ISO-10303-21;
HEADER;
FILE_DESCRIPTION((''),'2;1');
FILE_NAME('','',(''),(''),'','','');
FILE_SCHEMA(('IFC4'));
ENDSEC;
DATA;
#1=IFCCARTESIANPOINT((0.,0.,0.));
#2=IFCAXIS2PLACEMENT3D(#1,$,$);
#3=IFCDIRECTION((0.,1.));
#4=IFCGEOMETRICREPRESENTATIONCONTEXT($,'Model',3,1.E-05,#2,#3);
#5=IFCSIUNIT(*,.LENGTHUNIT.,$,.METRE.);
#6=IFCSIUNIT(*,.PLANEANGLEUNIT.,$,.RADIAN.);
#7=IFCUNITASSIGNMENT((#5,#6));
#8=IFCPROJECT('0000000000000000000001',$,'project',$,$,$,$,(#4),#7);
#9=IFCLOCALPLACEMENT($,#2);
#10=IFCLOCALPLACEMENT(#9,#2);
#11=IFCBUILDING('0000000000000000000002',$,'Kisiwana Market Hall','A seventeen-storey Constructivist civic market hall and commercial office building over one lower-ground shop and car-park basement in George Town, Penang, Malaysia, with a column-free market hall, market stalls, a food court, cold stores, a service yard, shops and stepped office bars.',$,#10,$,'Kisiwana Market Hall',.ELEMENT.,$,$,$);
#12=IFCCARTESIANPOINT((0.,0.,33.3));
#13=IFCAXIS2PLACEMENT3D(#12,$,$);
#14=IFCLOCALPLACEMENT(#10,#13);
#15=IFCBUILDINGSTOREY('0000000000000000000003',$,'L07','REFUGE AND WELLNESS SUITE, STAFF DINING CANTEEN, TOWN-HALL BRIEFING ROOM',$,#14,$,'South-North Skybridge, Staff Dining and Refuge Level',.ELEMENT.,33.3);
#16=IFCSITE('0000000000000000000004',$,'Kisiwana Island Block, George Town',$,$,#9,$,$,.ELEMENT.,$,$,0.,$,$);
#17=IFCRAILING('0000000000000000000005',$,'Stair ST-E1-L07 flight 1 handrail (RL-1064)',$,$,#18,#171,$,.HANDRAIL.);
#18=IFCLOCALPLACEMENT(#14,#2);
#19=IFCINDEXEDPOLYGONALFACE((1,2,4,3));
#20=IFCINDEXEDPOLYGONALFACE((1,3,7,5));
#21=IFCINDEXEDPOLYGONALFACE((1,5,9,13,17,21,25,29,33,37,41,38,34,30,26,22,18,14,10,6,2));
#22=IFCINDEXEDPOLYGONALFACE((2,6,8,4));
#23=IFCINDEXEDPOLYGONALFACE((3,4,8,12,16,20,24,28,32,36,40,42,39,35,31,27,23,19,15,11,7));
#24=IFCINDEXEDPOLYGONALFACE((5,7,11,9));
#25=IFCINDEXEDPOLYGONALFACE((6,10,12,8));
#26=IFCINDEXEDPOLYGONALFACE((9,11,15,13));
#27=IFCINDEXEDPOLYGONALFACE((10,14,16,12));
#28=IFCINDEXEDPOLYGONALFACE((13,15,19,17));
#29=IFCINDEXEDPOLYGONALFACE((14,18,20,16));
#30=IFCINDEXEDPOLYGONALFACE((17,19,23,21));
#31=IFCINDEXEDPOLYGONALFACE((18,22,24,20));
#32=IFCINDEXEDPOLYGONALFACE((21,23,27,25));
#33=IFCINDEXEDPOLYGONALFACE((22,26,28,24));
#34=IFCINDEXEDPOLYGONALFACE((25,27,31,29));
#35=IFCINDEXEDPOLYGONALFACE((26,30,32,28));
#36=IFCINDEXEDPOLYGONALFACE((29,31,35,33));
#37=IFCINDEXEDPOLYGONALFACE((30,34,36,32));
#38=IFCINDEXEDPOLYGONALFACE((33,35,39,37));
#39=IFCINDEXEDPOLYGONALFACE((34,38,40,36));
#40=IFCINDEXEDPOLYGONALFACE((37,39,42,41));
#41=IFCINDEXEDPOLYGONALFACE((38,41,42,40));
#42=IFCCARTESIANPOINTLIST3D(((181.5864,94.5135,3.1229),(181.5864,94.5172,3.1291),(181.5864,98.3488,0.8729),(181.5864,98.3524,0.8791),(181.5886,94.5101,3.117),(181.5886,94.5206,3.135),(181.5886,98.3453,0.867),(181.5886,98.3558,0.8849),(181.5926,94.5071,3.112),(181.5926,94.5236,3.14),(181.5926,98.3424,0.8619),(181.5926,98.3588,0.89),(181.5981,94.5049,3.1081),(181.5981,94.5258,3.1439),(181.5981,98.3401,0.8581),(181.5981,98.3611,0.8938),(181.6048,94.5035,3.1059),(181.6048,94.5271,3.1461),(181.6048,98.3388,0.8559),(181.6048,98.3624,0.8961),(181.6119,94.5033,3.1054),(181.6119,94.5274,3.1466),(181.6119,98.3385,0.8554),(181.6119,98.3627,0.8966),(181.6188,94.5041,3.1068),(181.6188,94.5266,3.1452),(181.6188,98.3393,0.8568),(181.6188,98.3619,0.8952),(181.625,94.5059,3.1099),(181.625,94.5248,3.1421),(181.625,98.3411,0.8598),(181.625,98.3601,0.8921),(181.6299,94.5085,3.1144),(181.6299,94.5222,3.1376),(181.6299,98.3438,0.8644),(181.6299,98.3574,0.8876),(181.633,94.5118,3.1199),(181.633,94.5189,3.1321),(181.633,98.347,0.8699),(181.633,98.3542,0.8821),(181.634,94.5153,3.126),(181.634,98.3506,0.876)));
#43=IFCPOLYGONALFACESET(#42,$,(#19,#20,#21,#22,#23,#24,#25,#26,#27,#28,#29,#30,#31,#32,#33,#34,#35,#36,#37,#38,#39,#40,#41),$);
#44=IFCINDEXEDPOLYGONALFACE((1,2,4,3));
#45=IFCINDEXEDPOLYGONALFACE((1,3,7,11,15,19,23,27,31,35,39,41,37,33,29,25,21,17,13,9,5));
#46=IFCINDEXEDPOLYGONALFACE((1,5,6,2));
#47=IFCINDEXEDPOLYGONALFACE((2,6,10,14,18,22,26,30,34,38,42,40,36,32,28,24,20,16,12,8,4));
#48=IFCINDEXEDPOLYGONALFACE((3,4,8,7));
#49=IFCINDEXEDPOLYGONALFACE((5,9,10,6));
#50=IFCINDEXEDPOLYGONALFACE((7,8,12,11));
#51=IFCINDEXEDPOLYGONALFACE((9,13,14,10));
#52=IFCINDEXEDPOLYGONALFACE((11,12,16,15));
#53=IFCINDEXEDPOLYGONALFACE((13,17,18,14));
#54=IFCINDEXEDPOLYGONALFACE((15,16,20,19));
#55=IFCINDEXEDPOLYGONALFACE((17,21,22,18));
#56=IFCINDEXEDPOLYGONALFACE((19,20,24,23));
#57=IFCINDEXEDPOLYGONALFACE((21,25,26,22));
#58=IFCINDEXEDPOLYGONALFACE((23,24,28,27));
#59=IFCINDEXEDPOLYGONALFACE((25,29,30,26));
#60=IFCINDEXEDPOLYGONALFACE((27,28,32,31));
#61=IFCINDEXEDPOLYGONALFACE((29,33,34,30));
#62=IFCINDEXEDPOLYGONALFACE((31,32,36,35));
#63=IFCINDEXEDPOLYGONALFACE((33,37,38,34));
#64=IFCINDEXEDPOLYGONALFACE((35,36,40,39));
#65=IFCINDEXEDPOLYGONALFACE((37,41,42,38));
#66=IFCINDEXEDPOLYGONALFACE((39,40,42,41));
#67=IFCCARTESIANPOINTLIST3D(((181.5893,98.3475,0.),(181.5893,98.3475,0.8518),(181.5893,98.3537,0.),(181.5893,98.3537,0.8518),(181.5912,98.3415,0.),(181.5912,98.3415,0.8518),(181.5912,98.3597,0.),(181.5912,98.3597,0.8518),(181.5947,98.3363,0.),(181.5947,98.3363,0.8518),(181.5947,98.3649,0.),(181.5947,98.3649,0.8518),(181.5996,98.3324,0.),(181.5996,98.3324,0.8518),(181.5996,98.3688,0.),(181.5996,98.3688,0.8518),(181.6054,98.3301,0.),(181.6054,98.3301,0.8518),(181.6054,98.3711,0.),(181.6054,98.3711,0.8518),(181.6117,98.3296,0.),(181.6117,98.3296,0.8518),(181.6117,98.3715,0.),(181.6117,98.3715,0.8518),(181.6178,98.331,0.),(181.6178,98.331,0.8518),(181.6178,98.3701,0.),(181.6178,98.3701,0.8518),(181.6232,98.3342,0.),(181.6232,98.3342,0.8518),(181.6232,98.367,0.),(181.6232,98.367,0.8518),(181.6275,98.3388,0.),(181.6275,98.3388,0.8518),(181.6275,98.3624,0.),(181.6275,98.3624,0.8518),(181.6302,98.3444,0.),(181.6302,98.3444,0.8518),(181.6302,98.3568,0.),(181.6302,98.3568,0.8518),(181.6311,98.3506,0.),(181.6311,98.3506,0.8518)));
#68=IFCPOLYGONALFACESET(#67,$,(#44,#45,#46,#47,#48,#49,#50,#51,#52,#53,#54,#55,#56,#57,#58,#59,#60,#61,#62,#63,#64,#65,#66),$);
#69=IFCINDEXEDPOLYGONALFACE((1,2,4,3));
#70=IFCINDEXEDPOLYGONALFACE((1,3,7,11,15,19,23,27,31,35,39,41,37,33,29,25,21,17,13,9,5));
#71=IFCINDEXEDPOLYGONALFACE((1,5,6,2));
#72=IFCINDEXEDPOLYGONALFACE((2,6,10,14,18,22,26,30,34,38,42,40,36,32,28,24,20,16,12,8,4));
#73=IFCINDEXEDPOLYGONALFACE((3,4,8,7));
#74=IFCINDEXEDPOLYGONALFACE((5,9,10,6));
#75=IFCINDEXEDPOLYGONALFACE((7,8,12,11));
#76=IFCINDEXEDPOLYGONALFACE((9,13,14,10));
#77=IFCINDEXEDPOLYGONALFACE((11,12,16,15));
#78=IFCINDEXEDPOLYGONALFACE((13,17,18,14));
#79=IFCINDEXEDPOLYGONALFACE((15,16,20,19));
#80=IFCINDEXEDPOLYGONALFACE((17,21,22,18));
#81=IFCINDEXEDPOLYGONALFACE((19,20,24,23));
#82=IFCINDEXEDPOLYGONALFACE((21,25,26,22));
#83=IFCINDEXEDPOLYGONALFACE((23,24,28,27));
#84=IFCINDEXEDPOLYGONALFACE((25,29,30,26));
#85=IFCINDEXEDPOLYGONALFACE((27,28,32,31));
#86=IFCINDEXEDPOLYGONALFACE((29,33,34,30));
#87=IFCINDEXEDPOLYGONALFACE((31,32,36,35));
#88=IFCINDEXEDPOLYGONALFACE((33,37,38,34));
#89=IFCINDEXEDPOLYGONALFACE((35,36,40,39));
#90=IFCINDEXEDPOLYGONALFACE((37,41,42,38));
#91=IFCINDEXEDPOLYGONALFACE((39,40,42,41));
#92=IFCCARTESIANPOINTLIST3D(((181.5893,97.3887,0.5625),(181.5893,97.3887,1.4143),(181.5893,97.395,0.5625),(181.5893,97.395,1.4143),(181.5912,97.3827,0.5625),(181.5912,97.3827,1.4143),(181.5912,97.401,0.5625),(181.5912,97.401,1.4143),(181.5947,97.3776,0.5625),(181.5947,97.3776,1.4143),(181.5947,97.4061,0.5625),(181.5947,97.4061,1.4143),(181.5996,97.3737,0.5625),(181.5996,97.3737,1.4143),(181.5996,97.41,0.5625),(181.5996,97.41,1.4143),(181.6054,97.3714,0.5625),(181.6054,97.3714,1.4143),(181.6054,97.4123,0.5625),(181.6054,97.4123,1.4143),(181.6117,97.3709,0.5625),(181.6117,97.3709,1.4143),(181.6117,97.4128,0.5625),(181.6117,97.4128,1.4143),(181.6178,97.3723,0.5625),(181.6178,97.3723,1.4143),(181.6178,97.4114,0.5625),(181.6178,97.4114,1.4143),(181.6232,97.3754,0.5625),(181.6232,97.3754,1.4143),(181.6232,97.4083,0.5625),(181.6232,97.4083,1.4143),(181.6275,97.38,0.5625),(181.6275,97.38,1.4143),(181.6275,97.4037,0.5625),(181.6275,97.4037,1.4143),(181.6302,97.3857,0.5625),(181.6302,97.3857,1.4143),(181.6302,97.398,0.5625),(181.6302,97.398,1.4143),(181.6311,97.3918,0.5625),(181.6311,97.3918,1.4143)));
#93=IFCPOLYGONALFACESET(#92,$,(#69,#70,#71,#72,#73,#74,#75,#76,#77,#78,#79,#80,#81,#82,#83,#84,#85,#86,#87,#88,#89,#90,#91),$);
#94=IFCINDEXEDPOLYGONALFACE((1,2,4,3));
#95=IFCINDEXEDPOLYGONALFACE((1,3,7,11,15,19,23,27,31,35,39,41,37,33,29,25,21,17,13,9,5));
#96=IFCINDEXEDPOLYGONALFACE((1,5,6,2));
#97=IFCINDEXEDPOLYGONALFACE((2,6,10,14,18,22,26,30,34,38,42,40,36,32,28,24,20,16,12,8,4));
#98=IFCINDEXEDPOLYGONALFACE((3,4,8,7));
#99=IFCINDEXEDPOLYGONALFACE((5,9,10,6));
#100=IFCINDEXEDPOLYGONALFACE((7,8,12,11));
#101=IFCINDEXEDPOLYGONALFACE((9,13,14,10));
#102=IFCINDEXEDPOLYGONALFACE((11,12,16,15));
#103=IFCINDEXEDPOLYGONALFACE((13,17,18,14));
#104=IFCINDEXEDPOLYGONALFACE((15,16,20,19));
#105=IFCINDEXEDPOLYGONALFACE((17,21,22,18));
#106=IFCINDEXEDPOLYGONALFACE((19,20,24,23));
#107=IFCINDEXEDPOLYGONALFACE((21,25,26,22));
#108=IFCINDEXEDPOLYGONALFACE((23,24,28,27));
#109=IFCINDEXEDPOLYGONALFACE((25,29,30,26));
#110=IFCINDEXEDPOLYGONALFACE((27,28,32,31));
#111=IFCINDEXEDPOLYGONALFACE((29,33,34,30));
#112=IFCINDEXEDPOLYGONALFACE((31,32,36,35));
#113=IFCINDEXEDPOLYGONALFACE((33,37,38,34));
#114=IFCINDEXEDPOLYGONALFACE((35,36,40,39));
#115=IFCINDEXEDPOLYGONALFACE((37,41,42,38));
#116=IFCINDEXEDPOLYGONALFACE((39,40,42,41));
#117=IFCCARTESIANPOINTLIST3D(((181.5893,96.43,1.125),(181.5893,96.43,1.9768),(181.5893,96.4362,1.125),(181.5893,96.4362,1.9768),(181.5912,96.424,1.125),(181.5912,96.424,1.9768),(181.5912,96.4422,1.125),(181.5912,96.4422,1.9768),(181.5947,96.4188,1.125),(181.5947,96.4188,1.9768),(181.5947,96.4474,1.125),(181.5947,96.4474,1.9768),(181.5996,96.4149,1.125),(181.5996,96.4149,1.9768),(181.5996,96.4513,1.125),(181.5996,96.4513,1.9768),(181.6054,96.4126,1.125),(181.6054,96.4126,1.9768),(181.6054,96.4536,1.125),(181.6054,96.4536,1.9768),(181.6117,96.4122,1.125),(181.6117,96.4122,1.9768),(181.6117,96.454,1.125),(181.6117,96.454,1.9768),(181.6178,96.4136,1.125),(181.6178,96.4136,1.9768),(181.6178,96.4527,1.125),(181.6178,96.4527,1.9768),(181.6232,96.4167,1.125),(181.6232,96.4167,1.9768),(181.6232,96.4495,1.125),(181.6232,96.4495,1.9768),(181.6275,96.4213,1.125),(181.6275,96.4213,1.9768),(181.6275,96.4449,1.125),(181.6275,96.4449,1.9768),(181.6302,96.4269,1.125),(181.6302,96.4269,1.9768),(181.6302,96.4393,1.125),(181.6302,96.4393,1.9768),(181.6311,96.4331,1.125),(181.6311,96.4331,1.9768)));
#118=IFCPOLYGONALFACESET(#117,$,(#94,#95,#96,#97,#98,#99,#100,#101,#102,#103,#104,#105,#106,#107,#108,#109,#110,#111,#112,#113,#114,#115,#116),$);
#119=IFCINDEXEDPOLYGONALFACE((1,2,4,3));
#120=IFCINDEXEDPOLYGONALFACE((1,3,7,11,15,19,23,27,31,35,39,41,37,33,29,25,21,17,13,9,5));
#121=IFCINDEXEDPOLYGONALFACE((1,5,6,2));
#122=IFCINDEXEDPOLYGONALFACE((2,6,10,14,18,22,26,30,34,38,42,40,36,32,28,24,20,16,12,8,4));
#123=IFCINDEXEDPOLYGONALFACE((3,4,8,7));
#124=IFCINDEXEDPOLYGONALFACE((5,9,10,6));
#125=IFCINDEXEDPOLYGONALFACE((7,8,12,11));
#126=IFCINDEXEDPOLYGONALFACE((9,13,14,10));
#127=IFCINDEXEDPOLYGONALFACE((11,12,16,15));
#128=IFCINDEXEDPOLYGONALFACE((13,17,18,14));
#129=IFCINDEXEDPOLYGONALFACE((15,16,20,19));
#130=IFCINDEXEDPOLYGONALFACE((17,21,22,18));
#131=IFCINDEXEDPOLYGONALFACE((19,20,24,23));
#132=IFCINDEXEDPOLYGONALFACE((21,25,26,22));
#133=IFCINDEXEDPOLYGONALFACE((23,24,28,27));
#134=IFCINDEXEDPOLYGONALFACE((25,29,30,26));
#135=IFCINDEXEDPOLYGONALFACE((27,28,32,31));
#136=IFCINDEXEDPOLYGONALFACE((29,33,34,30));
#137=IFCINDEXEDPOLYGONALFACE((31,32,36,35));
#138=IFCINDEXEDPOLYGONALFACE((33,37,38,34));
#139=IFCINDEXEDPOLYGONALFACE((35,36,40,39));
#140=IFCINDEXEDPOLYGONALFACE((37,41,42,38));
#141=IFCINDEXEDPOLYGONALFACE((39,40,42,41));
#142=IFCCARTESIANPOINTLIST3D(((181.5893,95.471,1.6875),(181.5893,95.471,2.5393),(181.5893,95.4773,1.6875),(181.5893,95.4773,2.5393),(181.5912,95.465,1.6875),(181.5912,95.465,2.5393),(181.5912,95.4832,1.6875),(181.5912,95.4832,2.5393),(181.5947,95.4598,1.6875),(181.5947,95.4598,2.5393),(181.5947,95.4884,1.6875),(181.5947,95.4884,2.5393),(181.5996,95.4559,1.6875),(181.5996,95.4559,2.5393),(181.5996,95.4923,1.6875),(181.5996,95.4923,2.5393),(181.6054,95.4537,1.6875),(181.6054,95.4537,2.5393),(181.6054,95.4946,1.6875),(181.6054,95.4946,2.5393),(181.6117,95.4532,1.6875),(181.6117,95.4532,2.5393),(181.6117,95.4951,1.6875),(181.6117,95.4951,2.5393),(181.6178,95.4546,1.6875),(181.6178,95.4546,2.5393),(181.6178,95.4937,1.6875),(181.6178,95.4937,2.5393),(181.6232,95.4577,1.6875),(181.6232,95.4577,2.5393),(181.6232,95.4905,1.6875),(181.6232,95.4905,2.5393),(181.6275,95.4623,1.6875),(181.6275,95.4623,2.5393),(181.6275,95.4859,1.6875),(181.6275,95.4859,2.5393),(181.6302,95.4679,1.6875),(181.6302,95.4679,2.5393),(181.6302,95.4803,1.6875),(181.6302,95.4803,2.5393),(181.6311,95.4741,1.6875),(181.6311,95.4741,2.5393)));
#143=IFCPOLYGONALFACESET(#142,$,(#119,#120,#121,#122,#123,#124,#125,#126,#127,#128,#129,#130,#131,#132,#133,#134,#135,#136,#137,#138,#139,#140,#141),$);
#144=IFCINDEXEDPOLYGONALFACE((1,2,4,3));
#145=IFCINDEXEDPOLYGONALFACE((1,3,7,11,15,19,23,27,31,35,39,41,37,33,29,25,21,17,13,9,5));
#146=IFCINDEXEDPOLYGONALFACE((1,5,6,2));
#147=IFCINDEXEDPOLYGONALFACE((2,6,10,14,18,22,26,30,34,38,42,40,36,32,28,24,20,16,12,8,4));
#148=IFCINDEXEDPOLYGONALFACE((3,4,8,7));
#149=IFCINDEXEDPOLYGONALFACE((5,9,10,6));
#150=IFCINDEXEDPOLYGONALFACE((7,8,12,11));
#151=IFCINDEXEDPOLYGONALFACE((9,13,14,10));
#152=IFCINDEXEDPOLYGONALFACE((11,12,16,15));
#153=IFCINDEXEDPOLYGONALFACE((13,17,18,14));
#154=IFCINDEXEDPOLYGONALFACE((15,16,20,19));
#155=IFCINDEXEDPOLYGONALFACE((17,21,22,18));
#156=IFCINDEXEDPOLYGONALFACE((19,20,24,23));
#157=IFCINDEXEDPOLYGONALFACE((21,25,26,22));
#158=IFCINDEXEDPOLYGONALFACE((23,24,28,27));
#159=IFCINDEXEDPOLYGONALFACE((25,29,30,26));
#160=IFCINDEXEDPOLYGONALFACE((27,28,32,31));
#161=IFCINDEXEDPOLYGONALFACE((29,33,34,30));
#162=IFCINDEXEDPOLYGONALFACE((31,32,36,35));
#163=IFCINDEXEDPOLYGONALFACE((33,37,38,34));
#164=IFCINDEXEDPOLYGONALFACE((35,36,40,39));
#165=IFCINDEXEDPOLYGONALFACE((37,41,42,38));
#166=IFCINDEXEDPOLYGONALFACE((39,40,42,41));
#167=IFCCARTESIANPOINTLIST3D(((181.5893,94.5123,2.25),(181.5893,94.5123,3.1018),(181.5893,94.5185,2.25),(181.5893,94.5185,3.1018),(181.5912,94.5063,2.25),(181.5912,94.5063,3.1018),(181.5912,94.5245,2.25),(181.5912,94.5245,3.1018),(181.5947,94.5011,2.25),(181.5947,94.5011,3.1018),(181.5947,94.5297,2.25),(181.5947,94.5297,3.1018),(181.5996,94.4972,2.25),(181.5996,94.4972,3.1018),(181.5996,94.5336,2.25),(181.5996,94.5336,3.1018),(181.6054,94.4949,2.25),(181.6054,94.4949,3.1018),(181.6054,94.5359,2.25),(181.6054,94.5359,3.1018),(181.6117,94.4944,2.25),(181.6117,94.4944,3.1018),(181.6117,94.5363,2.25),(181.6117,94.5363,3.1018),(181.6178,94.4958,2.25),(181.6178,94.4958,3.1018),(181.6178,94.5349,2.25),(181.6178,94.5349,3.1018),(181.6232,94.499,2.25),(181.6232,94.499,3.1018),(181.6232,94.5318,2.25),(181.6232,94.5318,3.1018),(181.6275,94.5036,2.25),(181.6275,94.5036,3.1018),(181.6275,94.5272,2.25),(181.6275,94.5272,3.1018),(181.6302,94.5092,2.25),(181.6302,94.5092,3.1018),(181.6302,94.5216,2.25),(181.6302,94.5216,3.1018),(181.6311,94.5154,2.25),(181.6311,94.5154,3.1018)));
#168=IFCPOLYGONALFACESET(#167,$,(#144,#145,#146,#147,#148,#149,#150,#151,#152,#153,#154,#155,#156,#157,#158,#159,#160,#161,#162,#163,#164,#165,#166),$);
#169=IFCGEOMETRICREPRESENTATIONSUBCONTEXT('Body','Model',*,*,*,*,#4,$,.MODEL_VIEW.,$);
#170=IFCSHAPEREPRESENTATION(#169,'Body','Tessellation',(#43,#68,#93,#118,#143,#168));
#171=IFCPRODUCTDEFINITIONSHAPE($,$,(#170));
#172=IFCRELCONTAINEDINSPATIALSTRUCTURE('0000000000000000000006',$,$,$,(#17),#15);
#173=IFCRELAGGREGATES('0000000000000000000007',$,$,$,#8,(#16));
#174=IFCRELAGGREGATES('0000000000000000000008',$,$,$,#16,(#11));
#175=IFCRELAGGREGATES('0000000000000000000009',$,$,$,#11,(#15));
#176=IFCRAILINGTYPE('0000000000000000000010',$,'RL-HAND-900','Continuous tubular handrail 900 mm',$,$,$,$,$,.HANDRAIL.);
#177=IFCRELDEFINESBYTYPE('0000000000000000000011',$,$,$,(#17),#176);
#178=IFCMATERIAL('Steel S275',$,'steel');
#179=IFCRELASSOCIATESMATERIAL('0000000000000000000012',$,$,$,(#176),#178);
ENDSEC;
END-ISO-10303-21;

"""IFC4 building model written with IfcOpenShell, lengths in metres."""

from ifc_helpers import new_model, si_unit, direction, frame, origin, origin_2d, place, context, subcontext, project, spatial, circle, extrude, material, type_object, element, save


model = new_model("IFC4")

# Units and contexts
model_context = context("Model", 3, precision=1e-05, world=origin(), true_north=direction((0.0, 1.0)))
body_context = subcontext(model_context, "Body", "Model", "MODEL_VIEW")
ifc_project = project(units=[si_unit("LENGTHUNIT", "METRE"), si_unit("PLANEANGLEUNIT", "RADIAN")], contexts=[model_context])

# Site, building, storey
site_placement = place(None, origin())
site = spatial("IfcSite", under=ifc_project, at=site_placement, Name="Kisiwana Island Block, George Town", CompositionType="ELEMENT", RefElevation=0.0)
building_placement = place(site_placement, origin())
building = spatial("IfcBuilding", under=site, at=building_placement, Name="Kisiwana Market Hall", Description="A seventeen-storey Constructivist civic market hall and commercial office building over one lower-ground shop and car-park basement in George Town, Penang, Malaysia, with a column-free market hall, market stalls, a food court, cold stores, a service yard, shops and stepped office bars.", LongName="Kisiwana Market Hall", CompositionType="ELEMENT")
storey_placement = place(building_placement, frame((0.0, 0.0, 33.3)))
storey = spatial("IfcBuildingStorey", under=building, at=storey_placement, Name="L07", Description="REFUGE AND WELLNESS SUITE, STAFF DINING CANTEEN, TOWN-HALL BRIEFING ROOM", LongName="South-North Skybridge, Staff Dining and Refuge Level", CompositionType="ELEMENT", Elevation=33.3)

# Railing
ifc_material_1 = material(Name="Steel S275", Category="steel")
railing_type_1 = type_object("IfcRailingType", Name="RL-HAND-900", Description="Continuous tubular handrail 900 mm", PredefinedType="HANDRAIL", material=ifc_material_1)
railing_1_placement = place(storey_placement, frame((181.6101, 98.3506, 0.0)))
element("IfcRailing", 1, at=railing_1_placement, inside=storey, type_object=railing_type_1, Name="Stair ST-E1-L07 flight 1 handrail (RL-1064)", PredefinedType="HANDRAIL", context=body_context, shape_type="SweptSolid", body=[
    extrude(circle(Radius=0.0239, at=origin_2d()), frame((0.0, 0.0, 0.876), z_axis=(0.0, -0.862524, 0.506017), x_axis=(1.0, 0.0, 0.0)), (0.0, 0.0, 1.0), 4.4465),
    extrude(circle(Radius=0.021, at=origin_2d()), origin(), (0.0, 0.0, 1.0), 0.8518),
    extrude(circle(Radius=0.021, at=origin_2d()), frame((0.0, -0.9587, 0.5625)), (0.0, 0.0, 1.0), 0.8518),
    extrude(circle(Radius=0.021, at=origin_2d()), frame((0.0, -1.9175, 1.125)), (0.0, 0.0, 1.0), 0.8518),
    extrude(circle(Radius=0.021, at=origin_2d()), frame((0.0, -2.8765, 1.6875)), (0.0, 0.0, 1.0), 0.8518),
    extrude(circle(Radius=0.021, at=origin_2d()), frame((0.0, -3.8352, 2.25)), (0.0, 0.0, 1.0), 0.8518),
])

save(model, "model.ifc")
